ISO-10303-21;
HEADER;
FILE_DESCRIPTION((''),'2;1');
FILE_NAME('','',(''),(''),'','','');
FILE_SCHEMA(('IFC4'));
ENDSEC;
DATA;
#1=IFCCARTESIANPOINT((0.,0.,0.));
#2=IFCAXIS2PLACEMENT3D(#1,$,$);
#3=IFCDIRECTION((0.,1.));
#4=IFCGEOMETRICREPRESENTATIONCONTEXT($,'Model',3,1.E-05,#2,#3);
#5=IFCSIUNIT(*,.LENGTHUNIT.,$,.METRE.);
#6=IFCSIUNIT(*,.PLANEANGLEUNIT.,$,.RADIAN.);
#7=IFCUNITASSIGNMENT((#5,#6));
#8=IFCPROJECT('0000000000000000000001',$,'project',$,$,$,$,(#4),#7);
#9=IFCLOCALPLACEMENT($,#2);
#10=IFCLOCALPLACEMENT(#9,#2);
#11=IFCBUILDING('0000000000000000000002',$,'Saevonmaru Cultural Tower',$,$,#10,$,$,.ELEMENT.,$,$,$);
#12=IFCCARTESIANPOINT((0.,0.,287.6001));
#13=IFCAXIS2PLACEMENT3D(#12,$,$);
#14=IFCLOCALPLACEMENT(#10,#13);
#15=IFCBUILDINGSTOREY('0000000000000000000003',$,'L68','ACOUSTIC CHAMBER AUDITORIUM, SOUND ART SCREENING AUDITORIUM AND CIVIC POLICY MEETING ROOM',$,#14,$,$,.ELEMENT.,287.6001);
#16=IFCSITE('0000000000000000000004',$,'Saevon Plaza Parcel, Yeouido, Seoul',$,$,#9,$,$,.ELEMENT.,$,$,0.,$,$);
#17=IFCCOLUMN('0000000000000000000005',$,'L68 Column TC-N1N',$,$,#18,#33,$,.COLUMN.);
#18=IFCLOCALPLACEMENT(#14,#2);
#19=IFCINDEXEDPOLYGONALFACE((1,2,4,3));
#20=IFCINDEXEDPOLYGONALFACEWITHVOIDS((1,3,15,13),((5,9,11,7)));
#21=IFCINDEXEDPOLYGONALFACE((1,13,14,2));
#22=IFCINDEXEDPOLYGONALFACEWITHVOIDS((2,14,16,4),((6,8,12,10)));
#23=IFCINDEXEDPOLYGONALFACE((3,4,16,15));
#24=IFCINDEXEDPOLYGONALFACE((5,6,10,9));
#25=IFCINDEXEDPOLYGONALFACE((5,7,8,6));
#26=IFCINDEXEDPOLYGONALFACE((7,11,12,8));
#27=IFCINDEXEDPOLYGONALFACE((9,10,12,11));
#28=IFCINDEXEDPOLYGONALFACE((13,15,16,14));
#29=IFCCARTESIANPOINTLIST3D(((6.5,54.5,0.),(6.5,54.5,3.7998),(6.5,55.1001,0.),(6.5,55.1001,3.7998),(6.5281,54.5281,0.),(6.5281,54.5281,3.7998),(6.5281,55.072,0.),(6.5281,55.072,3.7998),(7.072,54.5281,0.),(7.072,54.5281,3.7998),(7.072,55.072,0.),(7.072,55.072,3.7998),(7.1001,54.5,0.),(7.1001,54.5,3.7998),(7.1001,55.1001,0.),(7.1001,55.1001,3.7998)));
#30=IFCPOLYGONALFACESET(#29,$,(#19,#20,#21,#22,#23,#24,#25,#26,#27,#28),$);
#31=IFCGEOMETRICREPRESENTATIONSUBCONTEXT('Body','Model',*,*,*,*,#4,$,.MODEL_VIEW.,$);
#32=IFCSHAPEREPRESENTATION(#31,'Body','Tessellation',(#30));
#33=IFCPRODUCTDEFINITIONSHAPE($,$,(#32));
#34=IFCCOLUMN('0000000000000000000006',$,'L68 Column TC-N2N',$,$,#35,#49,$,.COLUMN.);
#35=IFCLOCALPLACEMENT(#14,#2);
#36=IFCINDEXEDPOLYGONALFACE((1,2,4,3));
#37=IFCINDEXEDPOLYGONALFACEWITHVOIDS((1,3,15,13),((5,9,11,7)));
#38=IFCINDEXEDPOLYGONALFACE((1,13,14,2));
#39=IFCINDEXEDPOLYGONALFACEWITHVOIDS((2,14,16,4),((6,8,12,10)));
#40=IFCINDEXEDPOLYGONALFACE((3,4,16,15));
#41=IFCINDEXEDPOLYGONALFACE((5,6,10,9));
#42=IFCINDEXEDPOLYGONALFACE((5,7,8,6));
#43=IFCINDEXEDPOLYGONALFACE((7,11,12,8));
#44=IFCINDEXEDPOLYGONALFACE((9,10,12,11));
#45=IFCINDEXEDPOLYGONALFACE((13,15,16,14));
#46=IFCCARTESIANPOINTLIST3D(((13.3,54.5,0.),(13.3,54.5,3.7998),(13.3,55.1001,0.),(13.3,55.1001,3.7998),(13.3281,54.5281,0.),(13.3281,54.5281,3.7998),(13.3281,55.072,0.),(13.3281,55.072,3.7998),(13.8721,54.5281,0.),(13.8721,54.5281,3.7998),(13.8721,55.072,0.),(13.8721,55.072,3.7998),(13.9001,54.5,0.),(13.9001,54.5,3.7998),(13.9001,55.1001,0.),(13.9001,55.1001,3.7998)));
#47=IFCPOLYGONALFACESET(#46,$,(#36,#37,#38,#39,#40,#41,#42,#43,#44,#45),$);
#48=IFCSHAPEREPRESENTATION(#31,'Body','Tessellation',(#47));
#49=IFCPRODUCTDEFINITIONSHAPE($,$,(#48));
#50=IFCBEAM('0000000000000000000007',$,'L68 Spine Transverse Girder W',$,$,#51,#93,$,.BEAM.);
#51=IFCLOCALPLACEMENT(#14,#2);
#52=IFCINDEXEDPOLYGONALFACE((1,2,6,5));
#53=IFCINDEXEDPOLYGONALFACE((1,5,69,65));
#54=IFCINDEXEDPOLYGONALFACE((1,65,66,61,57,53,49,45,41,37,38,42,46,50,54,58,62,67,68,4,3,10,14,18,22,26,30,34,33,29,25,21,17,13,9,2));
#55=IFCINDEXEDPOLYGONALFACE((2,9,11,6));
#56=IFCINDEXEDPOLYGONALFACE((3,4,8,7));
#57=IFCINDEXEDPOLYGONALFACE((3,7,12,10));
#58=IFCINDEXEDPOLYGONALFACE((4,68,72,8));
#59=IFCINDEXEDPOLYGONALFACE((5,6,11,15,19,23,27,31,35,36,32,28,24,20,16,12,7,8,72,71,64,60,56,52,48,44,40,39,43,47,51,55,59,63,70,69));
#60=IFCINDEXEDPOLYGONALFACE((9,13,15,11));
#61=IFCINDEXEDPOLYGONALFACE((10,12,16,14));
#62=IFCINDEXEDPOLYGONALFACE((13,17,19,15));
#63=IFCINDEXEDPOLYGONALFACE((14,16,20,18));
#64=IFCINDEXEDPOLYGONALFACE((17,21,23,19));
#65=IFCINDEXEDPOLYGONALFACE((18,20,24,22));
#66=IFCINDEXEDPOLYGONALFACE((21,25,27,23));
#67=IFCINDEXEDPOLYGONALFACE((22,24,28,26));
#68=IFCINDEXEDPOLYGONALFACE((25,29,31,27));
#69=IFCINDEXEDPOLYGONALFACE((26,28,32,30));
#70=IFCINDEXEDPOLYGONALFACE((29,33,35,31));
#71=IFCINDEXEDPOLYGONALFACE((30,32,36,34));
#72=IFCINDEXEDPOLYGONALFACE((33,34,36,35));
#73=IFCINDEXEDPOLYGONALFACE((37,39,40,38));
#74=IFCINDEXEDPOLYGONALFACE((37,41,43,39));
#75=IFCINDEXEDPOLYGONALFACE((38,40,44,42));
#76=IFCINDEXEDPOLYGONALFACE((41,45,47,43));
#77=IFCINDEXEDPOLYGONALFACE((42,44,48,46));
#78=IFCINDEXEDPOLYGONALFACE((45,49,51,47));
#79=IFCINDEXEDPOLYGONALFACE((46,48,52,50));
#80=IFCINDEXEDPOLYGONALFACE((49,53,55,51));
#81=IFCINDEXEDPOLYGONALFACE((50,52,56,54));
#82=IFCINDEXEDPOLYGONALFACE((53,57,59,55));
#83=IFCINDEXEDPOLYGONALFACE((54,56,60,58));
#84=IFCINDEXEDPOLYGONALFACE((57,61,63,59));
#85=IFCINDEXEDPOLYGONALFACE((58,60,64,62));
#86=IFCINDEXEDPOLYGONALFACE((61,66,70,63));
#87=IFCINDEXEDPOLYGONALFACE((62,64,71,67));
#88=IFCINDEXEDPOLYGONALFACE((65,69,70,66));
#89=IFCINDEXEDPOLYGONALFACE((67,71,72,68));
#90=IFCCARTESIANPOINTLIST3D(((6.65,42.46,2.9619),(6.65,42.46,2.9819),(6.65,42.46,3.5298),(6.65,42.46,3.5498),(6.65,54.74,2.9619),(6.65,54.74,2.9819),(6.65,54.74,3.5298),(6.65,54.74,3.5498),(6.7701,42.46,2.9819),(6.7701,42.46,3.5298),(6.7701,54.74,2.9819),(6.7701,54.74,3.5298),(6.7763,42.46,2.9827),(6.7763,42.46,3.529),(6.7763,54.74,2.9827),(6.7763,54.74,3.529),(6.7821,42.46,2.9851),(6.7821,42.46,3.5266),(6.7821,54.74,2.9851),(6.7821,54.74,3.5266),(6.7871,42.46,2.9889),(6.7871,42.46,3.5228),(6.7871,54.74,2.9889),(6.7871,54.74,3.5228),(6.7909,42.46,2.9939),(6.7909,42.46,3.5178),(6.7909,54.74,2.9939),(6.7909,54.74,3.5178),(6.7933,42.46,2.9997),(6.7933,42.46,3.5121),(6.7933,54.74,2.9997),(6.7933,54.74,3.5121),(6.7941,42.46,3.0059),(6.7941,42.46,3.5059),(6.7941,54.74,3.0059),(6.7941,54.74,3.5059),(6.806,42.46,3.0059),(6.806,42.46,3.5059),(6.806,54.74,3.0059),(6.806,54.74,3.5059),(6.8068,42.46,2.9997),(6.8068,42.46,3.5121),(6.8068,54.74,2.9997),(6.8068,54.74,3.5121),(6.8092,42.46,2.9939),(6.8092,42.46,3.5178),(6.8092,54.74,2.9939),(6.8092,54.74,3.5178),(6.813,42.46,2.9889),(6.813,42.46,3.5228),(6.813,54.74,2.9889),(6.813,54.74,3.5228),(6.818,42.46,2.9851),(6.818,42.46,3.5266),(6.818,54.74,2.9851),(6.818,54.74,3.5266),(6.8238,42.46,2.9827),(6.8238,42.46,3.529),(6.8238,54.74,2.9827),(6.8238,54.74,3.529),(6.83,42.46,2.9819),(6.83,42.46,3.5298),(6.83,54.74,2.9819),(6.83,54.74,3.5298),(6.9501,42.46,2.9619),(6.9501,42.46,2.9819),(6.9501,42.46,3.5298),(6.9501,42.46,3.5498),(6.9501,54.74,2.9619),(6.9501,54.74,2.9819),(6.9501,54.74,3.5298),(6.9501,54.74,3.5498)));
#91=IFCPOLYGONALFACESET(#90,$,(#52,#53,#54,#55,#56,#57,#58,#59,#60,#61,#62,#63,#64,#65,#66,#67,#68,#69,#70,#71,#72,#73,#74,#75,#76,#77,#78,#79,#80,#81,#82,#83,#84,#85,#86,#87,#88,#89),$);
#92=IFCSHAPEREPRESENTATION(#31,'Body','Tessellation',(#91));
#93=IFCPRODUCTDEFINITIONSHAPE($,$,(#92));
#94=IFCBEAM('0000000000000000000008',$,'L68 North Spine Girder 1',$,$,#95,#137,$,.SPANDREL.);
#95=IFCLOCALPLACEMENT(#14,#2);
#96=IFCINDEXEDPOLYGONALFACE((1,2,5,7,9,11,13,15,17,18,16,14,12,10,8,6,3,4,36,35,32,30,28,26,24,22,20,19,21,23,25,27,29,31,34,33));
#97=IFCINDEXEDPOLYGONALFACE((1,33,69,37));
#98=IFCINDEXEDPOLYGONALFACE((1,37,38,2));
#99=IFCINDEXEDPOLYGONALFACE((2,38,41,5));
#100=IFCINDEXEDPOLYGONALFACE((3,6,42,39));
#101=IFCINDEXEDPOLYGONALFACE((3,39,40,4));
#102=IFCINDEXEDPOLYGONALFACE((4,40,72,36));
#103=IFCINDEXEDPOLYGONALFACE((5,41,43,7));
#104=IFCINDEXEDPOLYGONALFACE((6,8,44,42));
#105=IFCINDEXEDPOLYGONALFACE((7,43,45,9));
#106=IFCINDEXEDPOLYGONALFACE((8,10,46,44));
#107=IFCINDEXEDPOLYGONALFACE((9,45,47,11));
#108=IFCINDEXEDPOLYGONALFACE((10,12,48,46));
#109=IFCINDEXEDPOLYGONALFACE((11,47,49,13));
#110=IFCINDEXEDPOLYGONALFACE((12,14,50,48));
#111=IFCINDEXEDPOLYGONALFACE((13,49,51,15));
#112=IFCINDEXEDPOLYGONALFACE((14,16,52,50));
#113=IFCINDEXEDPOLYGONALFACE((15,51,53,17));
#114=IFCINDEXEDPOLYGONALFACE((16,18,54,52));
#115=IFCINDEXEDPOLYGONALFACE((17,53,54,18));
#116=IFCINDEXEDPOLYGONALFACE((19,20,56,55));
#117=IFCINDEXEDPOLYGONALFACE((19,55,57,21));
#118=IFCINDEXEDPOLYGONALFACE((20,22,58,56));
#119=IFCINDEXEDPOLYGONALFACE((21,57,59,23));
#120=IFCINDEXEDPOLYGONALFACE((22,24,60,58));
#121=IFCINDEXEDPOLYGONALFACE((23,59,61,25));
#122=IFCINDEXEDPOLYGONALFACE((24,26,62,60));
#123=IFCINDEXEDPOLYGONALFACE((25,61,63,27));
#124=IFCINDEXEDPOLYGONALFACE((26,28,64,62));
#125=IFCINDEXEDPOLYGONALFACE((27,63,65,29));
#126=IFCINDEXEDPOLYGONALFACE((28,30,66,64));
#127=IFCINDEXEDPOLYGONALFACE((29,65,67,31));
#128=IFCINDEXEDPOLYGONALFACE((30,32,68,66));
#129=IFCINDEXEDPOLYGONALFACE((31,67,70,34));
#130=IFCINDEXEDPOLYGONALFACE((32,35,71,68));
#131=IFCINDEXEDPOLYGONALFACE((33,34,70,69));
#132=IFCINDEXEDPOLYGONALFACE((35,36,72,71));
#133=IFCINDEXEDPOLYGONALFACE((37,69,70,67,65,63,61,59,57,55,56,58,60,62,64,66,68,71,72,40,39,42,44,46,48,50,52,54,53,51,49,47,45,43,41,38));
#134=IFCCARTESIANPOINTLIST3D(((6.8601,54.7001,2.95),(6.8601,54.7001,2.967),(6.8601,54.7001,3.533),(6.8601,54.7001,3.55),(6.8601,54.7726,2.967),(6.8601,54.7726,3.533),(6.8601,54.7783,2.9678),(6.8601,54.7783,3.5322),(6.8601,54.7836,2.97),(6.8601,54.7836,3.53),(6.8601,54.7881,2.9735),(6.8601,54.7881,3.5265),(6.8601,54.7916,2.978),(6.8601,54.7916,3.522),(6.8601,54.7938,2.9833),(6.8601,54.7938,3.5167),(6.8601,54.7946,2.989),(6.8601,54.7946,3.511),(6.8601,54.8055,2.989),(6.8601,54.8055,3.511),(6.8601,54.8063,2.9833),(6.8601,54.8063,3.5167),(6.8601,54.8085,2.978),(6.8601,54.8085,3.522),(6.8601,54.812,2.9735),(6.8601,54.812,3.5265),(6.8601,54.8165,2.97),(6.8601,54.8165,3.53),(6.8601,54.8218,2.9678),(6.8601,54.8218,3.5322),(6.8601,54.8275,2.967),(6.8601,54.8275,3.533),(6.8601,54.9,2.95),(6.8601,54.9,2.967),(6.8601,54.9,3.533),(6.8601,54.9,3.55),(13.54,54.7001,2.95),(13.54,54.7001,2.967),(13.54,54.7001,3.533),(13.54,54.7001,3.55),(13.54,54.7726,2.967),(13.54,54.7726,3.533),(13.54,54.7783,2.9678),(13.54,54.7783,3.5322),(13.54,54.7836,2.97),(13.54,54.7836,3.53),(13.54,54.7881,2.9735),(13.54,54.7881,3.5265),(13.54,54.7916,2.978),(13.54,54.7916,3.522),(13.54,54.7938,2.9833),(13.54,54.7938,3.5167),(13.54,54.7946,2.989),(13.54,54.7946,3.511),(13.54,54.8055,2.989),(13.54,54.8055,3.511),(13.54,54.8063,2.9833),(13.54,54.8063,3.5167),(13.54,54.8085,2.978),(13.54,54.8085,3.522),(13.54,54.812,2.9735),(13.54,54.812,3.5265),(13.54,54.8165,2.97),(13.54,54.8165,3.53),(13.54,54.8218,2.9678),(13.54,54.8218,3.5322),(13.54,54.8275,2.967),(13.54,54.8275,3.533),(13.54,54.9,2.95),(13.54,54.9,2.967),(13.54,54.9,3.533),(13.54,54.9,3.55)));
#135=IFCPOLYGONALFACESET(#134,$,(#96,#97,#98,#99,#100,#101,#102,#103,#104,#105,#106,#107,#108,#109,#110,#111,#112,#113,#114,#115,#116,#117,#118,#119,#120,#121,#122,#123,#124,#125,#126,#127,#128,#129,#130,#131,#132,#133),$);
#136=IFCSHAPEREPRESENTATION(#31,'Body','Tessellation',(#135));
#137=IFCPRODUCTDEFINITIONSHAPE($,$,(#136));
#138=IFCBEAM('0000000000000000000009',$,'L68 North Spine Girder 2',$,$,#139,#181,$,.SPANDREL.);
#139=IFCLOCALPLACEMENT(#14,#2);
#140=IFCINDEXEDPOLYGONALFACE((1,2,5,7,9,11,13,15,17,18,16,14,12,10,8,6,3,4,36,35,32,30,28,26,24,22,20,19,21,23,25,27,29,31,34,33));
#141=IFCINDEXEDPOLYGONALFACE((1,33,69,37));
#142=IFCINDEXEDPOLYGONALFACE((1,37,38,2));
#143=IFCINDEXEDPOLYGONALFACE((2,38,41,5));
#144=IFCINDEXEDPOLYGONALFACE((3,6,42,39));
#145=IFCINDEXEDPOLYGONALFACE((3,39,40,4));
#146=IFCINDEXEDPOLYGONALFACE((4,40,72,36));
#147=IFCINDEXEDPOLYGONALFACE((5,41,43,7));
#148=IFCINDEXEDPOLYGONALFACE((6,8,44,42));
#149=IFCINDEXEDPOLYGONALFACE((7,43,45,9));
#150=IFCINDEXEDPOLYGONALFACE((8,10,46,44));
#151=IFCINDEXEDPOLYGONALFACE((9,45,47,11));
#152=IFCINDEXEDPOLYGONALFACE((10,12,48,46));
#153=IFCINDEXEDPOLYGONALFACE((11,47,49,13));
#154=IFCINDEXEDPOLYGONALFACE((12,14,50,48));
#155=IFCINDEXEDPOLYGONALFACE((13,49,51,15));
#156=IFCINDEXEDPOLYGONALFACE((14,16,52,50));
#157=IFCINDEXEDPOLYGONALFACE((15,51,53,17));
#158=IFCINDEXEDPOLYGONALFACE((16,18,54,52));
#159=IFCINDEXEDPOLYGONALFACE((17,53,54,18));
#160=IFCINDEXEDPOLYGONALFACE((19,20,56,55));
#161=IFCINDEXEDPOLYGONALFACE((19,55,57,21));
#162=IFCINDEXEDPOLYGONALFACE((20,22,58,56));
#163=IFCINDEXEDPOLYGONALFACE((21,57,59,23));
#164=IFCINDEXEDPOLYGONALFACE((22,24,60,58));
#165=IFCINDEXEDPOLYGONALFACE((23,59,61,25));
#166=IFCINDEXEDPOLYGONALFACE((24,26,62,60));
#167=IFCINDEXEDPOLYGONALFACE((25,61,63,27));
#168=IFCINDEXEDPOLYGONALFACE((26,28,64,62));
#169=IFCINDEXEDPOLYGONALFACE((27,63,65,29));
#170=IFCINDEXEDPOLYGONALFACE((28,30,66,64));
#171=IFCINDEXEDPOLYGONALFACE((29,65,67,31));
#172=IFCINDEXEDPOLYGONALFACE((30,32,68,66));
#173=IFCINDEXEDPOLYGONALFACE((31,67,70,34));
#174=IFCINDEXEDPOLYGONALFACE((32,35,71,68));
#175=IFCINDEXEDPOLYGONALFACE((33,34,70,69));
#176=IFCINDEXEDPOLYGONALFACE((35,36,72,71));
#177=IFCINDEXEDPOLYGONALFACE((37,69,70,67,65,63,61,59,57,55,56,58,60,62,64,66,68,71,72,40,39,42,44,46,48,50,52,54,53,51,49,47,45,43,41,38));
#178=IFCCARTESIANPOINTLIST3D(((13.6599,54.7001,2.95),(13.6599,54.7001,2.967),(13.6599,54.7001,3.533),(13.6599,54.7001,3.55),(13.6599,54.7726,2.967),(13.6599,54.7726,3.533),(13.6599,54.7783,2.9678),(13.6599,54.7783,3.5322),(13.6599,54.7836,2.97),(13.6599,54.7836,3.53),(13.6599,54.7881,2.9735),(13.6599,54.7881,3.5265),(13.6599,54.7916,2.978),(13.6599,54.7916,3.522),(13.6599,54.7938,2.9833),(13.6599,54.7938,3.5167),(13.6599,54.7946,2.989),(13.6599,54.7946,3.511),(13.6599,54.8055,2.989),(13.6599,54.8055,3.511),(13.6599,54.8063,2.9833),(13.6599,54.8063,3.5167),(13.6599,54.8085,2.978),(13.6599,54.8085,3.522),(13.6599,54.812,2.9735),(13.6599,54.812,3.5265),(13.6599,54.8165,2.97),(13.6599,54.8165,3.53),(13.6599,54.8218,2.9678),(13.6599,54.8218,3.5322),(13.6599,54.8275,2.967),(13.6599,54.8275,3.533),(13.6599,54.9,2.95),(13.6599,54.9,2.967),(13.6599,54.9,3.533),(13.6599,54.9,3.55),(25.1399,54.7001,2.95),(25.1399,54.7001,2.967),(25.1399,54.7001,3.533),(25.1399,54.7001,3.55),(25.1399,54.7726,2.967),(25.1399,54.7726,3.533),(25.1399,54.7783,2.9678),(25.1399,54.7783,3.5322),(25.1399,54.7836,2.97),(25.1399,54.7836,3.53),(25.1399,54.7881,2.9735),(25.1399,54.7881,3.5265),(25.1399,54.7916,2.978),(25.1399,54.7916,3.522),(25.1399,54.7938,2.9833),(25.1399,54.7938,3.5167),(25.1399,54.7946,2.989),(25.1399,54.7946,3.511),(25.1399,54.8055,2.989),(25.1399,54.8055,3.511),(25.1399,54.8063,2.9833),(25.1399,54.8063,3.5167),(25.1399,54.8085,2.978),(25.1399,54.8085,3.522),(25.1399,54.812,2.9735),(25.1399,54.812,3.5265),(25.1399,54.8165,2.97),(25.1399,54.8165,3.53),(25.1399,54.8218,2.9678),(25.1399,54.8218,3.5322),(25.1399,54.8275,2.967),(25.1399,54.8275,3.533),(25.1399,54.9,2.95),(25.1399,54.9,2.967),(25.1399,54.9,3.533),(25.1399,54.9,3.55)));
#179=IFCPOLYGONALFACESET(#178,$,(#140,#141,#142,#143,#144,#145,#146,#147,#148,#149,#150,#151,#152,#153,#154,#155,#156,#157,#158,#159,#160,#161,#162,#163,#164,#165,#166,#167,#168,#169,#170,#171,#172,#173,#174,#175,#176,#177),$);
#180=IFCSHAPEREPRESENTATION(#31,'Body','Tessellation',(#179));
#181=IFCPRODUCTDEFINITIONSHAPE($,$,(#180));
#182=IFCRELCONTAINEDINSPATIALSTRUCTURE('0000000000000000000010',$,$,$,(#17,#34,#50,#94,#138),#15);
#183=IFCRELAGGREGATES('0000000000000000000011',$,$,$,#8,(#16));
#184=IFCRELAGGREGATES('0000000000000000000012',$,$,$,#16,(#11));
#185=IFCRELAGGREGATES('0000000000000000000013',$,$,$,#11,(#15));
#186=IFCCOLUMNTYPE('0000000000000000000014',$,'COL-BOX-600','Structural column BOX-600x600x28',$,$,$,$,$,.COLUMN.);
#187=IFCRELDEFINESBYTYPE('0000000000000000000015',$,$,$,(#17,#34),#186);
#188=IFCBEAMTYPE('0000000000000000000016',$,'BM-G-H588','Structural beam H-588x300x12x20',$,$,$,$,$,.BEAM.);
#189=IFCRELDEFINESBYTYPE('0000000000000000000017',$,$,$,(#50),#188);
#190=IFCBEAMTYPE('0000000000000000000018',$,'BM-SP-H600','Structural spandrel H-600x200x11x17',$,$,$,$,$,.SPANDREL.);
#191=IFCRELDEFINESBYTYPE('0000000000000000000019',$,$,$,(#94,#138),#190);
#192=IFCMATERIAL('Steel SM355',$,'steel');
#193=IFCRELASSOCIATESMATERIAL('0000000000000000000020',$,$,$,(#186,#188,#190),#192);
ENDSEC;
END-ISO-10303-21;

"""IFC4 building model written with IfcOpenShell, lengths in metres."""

from ifc_helpers import new_model, si_unit, direction, frame, origin, origin_2d, place, context, subcontext, project, spatial, hollow_rectangle, i_section, extrude, material, material_profile, profile_set, type_object, element, save


model = new_model("IFC4")

# Units and contexts
model_context = context("Model", 3, precision=1e-05, world=origin(), true_north=direction((0.0, 1.0)))
body_context = subcontext(model_context, "Body", "Model", "MODEL_VIEW")
ifc_project = project(units=[si_unit("LENGTHUNIT", "METRE"), si_unit("PLANEANGLEUNIT", "RADIAN")], contexts=[model_context])

# Site, building, storey
site_placement = place(None, origin())
site = spatial("IfcSite", under=ifc_project, at=site_placement, Name="Saevon Plaza Parcel, Yeouido, Seoul", CompositionType="ELEMENT", RefElevation=0.0)
building_placement = place(site_placement, origin())
building = spatial("IfcBuilding", under=site, at=building_placement, Name="Saevonmaru Cultural Tower", CompositionType="ELEMENT")
storey_placement = place(building_placement, frame((0.0, 0.0, 287.6001)))
storey = spatial("IfcBuildingStorey", under=building, at=storey_placement, Name="L68", Description="ACOUSTIC CHAMBER AUDITORIUM, SOUND ART SCREENING AUDITORIUM AND CIVIC POLICY MEETING ROOM", CompositionType="ELEMENT", Elevation=287.6001)

# Columns
ifc_material_1 = material(Name="Steel SM355", Category="steel")
ifc_material_profile_1 = material_profile(ifc_material_1, hollow_rectangle(XDim=0.6001, YDim=0.6001, WallThickness=0.0281, at=origin_2d()), Name="BOX-600x600x28")
ifc_profile_set_1 = profile_set([ifc_material_profile_1], Name="Steel SM355")
column_type = type_object("IfcColumnType", Name="COL-BOX-600", Description="Structural column BOX-600x600x28", PredefinedType="COLUMN", material=ifc_profile_set_1)
for number, where, z_axis, x_axis, name in (
    (1, (6.8, 54.8, 0.0), (0.0, 0.0, 1.0), (1.0, 0.0, 0.0), "L68 Column TC-N1N"),
    (2, (13.6001, 54.8, 0.0), (0.0, 0.0, 1.0), (1.0, 0.0, 0.0), "L68 Column TC-N2N"),
):
    element("IfcColumn", number, at=place(storey_placement, frame(where, z_axis=z_axis, x_axis=x_axis)), inside=storey, type_object=column_type, Name=name, PredefinedType="COLUMN", context=body_context, shape_type="SweptSolid", body=[
        extrude(hollow_rectangle(XDim=0.6001, YDim=0.6001, WallThickness=0.0281, at=origin_2d()), origin(), (0.0, 0.0, 1.0), 3.7998),
    ])

# Beams
ifc_material_profile_2 = material_profile(ifc_material_1, i_section(OverallWidth=0.3, OverallDepth=0.5879, WebThickness=0.012, FlangeThickness=0.02, FilletRadius=0.0239, at=origin_2d()), Name="H-588x300x12x20")
ifc_profile_set_2 = profile_set([ifc_material_profile_2], Name="Steel SM355")
beam_type_1 = type_object("IfcBeamType", Name="BM-G-H588", Description="Structural beam H-588x300x12x20", PredefinedType="BEAM", material=ifc_profile_set_2)
beam_1_placement = place(storey_placement, frame((6.8, 54.74, 3.2559), z_axis=(0.0, -1.0, 0.0), x_axis=(1.0, 0.0, 0.0)))
element("IfcBeam", 3, at=beam_1_placement, inside=storey, type_object=beam_type_1, Name="L68 Spine Transverse Girder W", PredefinedType="BEAM", context=body_context, shape_type="SweptSolid", body=[
    extrude(i_section(OverallWidth=0.3, OverallDepth=0.5879, WebThickness=0.012, FlangeThickness=0.02, FilletRadius=0.0239, at=origin_2d()), origin(), (0.0, 0.0, 1.0), 12.28),
])
ifc_material_profile_3 = material_profile(ifc_material_1, i_section(OverallWidth=0.2, OverallDepth=0.6001, WebThickness=0.011, FlangeThickness=0.0171, FilletRadius=0.022, at=origin_2d()), Name="H-600x200x11x17")
ifc_profile_set_3 = profile_set([ifc_material_profile_3], Name="Steel SM355")
beam_type_2 = type_object("IfcBeamType", Name="BM-SP-H600", Description="Structural spandrel H-600x200x11x17", PredefinedType="SPANDREL", material=ifc_profile_set_3)
beam_2_placement = place(storey_placement, frame((6.8601, 54.8, 3.25), z_axis=(1.0, 0.0, 0.0), x_axis=(0.0, 1.0, 0.0)))
element("IfcBeam", 4, at=beam_2_placement, inside=storey, type_object=beam_type_2, Name="L68 North Spine Girder 1", PredefinedType="SPANDREL", context=body_context, shape_type="SweptSolid", body=[
    extrude(i_section(OverallWidth=0.2, OverallDepth=0.6001, WebThickness=0.011, FlangeThickness=0.0171, FilletRadius=0.022, at=origin_2d()), origin(), (0.0, 0.0, 1.0), 6.6799),
])
beam_3_placement = place(storey_placement, frame((13.6599, 54.8, 3.25), z_axis=(1.0, 0.0, 0.0), x_axis=(0.0, 1.0, 0.0)))
element("IfcBeam", 5, at=beam_3_placement, inside=storey, type_object=beam_type_2, Name="L68 North Spine Girder 2", PredefinedType="SPANDREL", context=body_context, shape_type="SweptSolid", body=[
    extrude(i_section(OverallWidth=0.2, OverallDepth=0.6001, WebThickness=0.011, FlangeThickness=0.0171, FilletRadius=0.022, at=origin_2d()), origin(), (0.0, 0.0, 1.0), 11.48),
])

save(model, "model.ifc")
